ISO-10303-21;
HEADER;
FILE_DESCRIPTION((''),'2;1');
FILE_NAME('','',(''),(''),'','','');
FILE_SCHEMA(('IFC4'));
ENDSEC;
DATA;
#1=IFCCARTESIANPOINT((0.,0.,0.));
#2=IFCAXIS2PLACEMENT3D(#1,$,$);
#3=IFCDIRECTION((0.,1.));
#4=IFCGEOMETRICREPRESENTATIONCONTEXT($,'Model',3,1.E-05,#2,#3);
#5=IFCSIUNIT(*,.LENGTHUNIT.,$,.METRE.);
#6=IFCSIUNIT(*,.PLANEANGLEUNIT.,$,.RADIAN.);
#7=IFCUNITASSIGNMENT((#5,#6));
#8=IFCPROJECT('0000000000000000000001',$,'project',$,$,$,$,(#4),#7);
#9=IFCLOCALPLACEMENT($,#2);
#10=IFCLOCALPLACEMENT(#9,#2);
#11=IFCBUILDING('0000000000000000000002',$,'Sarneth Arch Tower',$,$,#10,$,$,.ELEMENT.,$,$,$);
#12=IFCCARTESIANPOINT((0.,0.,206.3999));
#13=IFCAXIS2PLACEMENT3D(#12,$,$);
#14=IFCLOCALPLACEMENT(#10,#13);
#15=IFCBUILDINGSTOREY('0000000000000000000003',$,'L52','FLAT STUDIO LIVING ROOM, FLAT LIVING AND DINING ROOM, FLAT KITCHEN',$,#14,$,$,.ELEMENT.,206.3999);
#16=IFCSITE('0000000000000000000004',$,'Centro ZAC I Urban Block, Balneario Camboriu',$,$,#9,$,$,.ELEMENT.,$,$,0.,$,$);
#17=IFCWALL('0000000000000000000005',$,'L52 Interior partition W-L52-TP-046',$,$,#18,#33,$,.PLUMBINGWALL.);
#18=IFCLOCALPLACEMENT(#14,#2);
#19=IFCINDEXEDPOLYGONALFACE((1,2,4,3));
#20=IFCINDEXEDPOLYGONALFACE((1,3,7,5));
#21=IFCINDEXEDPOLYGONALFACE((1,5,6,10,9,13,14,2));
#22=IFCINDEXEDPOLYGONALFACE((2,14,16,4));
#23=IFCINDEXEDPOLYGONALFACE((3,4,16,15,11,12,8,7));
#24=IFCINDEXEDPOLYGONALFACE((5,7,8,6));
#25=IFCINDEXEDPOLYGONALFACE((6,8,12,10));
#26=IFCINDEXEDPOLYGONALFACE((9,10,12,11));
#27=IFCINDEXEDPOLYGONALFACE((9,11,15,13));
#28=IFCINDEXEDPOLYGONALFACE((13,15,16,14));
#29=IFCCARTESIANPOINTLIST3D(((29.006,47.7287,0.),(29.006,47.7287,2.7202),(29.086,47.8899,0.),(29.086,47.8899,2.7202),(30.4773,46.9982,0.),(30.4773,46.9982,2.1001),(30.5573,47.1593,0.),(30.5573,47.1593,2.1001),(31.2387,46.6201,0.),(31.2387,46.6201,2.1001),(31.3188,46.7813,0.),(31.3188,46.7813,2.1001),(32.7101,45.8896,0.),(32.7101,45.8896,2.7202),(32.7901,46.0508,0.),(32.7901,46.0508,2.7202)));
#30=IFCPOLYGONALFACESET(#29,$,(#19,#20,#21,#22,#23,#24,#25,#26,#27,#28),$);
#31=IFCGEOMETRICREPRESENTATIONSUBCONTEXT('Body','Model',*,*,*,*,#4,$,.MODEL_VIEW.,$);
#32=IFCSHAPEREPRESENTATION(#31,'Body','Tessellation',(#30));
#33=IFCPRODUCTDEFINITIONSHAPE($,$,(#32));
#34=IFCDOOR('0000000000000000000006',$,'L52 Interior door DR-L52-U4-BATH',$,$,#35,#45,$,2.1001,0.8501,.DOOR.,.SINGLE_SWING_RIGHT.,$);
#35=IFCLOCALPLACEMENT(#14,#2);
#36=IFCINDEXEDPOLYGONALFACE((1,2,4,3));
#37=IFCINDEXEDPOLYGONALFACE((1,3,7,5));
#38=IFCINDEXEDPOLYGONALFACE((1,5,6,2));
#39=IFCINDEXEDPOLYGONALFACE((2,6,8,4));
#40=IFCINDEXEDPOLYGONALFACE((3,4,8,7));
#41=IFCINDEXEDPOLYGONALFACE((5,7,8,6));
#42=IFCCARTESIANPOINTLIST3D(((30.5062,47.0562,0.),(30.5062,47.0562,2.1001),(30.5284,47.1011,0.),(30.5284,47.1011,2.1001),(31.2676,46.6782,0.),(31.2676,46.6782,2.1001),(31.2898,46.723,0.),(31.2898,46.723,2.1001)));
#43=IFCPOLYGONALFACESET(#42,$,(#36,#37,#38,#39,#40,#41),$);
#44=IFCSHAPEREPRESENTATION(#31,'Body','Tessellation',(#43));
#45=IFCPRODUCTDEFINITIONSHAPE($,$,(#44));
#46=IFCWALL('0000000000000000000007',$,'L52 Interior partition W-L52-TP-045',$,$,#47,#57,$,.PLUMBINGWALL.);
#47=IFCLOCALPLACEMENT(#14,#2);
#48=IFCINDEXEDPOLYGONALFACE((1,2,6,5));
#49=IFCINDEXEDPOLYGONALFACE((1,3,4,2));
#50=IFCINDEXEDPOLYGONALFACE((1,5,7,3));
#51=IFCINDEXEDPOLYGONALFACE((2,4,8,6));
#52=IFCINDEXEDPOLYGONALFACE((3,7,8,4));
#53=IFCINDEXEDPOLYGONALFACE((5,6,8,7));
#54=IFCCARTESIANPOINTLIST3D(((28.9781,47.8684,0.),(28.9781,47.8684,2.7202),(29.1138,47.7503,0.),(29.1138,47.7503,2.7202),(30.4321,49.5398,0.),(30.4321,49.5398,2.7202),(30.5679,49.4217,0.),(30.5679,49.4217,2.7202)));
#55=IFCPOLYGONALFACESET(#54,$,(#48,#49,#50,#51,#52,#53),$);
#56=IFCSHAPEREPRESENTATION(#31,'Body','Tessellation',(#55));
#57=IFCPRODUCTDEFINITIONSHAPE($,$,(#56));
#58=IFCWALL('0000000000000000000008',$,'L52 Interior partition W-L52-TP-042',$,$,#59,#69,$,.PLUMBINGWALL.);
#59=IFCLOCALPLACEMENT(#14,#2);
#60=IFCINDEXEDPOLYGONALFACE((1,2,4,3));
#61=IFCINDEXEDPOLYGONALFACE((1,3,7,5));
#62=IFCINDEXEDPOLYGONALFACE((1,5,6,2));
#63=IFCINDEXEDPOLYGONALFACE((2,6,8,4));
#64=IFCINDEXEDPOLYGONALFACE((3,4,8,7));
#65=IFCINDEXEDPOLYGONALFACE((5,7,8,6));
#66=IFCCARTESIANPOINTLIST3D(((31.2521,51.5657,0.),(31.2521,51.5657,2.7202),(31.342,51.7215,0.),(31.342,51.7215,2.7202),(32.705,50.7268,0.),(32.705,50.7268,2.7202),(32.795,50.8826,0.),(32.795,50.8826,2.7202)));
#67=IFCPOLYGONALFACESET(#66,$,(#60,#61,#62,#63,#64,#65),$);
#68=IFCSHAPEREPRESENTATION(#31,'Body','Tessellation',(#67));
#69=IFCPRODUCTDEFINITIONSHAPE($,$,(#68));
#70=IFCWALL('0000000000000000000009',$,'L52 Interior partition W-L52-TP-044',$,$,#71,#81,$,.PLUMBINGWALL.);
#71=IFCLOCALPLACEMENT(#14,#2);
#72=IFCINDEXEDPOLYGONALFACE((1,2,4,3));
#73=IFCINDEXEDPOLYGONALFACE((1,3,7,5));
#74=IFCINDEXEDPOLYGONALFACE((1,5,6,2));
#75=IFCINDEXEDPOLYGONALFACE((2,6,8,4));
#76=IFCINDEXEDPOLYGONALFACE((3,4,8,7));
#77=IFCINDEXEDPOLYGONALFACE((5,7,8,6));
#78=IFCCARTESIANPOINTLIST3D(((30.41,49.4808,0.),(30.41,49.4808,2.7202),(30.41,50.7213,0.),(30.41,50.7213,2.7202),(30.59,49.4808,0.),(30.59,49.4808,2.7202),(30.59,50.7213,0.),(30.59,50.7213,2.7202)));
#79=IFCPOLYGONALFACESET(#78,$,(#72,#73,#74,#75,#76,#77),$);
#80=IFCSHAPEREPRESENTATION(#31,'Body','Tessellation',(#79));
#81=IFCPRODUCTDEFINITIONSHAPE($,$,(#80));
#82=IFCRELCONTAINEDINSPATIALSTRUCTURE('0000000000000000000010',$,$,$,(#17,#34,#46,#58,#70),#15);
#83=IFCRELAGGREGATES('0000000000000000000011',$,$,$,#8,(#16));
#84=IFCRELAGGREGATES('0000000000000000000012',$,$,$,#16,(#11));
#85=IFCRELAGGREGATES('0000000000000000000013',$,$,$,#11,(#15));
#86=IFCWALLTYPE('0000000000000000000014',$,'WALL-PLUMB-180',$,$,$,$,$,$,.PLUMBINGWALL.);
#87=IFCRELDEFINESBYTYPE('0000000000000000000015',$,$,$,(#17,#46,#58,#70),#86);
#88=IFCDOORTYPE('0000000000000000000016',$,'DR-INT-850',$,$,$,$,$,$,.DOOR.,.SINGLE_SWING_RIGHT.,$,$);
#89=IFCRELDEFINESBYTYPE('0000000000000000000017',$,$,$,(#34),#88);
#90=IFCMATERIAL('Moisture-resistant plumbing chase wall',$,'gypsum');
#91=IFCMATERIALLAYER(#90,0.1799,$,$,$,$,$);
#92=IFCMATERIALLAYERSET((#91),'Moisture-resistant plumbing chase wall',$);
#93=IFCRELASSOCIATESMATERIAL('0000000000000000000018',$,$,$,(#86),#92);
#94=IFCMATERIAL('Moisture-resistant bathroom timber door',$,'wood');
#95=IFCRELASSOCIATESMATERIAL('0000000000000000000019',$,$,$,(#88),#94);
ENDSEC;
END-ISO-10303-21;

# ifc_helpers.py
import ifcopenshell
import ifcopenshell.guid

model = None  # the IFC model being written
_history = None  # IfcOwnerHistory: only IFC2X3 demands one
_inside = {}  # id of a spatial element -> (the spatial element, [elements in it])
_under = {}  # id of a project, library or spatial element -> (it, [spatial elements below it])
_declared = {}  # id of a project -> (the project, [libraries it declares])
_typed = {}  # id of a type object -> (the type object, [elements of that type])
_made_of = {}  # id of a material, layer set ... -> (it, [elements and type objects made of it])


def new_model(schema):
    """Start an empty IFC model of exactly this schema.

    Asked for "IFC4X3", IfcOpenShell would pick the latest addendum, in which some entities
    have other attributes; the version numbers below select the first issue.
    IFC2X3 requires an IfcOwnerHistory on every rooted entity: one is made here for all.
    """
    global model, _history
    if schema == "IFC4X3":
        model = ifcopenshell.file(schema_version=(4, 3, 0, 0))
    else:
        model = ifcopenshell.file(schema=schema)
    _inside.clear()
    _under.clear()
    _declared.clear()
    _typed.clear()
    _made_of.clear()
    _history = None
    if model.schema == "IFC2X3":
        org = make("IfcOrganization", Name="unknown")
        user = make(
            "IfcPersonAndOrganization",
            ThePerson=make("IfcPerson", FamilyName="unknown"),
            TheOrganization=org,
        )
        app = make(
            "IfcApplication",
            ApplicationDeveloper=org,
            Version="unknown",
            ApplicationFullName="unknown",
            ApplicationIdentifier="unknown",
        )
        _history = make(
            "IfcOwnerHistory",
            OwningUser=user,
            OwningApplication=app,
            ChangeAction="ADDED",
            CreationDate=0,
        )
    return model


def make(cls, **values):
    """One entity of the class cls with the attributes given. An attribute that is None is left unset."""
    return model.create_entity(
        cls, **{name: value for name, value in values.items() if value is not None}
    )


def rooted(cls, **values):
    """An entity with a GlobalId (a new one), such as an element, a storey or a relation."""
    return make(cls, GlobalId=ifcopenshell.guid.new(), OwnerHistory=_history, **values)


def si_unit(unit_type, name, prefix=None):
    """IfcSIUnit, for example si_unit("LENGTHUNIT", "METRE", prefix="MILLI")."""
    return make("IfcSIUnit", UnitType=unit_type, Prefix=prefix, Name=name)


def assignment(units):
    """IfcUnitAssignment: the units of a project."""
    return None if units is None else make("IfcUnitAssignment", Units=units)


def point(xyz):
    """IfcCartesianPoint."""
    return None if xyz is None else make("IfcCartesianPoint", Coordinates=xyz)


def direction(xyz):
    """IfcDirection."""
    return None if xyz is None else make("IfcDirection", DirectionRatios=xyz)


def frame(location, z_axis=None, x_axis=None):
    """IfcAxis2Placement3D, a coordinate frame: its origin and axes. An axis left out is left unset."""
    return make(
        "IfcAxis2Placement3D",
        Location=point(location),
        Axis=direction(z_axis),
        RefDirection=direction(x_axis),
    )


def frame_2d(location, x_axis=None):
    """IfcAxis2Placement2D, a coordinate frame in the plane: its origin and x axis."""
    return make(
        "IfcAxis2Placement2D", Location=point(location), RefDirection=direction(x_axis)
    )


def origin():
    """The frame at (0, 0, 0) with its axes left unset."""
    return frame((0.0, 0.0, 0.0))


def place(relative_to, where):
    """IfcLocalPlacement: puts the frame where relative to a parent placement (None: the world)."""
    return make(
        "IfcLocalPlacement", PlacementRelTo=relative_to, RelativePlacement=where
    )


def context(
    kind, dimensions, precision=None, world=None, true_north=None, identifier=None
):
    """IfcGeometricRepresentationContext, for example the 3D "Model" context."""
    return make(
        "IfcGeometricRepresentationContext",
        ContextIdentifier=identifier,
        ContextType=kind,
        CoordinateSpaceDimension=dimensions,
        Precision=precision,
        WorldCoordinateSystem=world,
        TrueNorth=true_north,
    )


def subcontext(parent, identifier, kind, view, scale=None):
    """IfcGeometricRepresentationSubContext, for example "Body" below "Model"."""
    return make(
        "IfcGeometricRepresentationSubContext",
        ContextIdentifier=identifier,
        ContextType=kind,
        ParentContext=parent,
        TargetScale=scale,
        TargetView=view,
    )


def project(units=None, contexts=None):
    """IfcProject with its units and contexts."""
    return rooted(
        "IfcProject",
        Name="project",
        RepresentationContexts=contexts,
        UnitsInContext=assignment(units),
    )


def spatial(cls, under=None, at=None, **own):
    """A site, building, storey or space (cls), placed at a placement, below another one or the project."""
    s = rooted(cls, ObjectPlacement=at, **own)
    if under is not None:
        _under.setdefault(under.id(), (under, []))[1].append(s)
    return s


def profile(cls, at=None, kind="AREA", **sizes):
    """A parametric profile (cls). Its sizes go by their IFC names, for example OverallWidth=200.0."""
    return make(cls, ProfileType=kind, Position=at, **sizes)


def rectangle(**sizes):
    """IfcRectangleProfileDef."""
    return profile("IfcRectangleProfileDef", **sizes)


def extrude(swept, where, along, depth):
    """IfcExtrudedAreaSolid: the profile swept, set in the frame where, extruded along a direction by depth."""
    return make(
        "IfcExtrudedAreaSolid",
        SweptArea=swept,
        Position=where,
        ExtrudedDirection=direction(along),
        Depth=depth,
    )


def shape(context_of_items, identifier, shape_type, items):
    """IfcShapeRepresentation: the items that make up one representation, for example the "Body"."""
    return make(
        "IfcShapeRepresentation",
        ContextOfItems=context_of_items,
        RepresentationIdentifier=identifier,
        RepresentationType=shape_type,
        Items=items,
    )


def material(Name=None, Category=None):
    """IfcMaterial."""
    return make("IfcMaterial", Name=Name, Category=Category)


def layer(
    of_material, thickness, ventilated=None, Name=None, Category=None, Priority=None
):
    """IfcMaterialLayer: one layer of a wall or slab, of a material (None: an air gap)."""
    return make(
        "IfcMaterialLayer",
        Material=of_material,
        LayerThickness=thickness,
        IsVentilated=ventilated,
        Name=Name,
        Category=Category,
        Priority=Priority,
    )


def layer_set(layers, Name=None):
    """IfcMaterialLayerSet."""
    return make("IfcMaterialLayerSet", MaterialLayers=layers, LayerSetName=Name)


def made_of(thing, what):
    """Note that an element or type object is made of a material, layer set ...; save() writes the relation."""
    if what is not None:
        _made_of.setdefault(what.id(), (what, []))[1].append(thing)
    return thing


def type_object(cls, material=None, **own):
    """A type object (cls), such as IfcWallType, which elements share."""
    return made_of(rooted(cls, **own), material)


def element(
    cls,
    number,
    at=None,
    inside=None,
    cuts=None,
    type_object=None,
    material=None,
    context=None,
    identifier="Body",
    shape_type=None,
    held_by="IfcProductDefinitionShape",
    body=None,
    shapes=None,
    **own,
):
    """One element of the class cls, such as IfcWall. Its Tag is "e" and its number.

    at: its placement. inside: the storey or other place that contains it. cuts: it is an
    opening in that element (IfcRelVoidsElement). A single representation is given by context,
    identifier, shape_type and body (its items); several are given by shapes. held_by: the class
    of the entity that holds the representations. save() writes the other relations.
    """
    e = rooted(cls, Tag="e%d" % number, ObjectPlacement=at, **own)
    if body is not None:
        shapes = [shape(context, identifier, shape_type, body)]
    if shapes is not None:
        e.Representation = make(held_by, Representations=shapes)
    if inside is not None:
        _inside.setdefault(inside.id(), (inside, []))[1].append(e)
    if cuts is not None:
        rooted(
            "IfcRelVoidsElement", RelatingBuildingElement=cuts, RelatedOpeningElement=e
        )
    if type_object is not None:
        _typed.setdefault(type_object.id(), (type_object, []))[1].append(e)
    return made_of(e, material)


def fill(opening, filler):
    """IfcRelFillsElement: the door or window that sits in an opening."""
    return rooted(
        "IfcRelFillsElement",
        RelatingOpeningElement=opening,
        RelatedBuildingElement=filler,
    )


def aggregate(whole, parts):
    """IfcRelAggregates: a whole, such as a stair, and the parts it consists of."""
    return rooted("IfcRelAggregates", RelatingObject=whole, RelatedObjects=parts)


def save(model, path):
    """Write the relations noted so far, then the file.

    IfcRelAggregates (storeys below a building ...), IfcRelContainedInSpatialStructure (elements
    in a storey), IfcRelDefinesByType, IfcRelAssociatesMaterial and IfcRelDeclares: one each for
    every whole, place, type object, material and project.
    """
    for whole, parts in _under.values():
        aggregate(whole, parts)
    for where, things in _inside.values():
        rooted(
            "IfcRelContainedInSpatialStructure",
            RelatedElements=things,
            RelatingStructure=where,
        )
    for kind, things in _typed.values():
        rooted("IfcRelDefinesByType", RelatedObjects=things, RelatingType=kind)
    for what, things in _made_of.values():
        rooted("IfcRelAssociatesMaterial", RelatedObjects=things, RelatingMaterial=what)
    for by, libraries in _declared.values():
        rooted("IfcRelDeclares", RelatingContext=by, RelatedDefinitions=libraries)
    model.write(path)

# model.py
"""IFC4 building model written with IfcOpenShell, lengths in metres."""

from ifc_helpers import new_model, si_unit, direction, frame, frame_2d, origin, place, context, subcontext, project, spatial, rectangle, extrude, material, layer, layer_set, type_object, element, fill, save


model = new_model("IFC4")

# Units and contexts
model_context = context("Model", 3, precision=1e-05, world=origin(), true_north=direction((0.0, 1.0)))
body_context = subcontext(model_context, "Body", "Model", "MODEL_VIEW")
ifc_project = project(units=[si_unit("LENGTHUNIT", "METRE"), si_unit("PLANEANGLEUNIT", "RADIAN")], contexts=[model_context])

# Site, building, storey
site_placement = place(None, origin())
site = spatial("IfcSite", under=ifc_project, at=site_placement, Name="Centro ZAC I Urban Block, Balneario Camboriu", CompositionType="ELEMENT", RefElevation=0.0)
building_placement = place(site_placement, origin())
building = spatial("IfcBuilding", under=site, at=building_placement, Name="Sarneth Arch Tower", CompositionType="ELEMENT")
storey_placement = place(building_placement, frame((0.0, 0.0, 206.3999)))
storey = spatial("IfcBuildingStorey", under=building, at=storey_placement, Name="L52", Description="FLAT STUDIO LIVING ROOM, FLAT LIVING AND DINING ROOM, FLAT KITCHEN", CompositionType="ELEMENT", Elevation=206.3999)

# Wall, opening, door
ifc_material_1 = material(Name="Moisture-resistant plumbing chase wall", Category="gypsum")
ifc_layer_1 = layer(ifc_material_1, 0.1799)
ifc_layer_set_1 = layer_set([ifc_layer_1], Name="Moisture-resistant plumbing chase wall")
wall_type_1 = type_object("IfcWallType", Name="WALL-PLUMB-180", PredefinedType="PLUMBINGWALL", material=ifc_layer_set_1)
wall_1_placement = place(storey_placement, frame((29.0459, 47.8093, 0.0), z_axis=(0.0, 0.0, 1.0), x_axis=(0.895675, -0.444709, 0.0)))
wall_1 = element("IfcWall", 1, at=wall_1_placement, inside=storey, type_object=wall_type_1, Name="L52 Interior partition W-L52-TP-046", PredefinedType="PLUMBINGWALL", context=body_context, shape_type="SweptSolid", body=[
    extrude(rectangle(XDim=4.1355, YDim=0.1799, at=frame_2d((2.0679, 0.0))), origin(), (0.0, 0.0, 1.0), 2.7202),
])
opening_1_placement = place(wall_1_placement, frame((1.6428, 0.0, 0.0)))
opening_1 = element("IfcOpeningElement", 2, at=opening_1_placement, cuts=wall_1, PredefinedType="OPENING", context=body_context, shape_type="SweptSolid", body=[
    extrude(rectangle(XDim=0.8501, YDim=2.1001, at=frame_2d((0.425, 1.05))), frame((0.0, 0.0999, 0.0), z_axis=(0.0, -1.0, 0.0), x_axis=(1.0, 0.0, 0.0)), (0.0, 0.0, 1.0), 0.2),
])
ifc_material_2 = material(Name="Moisture-resistant bathroom timber door", Category="wood")
door_type_1 = type_object("IfcDoorType", Name="DR-INT-850", OperationType="SINGLE_SWING_RIGHT", PredefinedType="DOOR", material=ifc_material_2)
door_1_placement = place(opening_1_placement, origin())
door_1 = element("IfcDoor", 3, at=door_1_placement, inside=storey, type_object=door_type_1, Name="L52 Interior door DR-L52-U4-BATH", OperationType="SINGLE_SWING_RIGHT", OverallHeight=2.1001, OverallWidth=0.8501, PredefinedType="DOOR", context=body_context, shape_type="SweptSolid", body=[
    extrude(rectangle(XDim=0.8501, YDim=2.1001, at=frame_2d((0.425, 1.05))), frame((0.0, 0.0249, 0.0), z_axis=(0.0, -1.0, 0.0), x_axis=(1.0, 0.0, 0.0)), (0.0, 0.0, 1.0), 0.05),
])
fill(opening_1, door_1)

# Walls
wall_2_placement = place(storey_placement, frame((30.5, 49.4807, 0.0), z_axis=(0.0, 0.0, 1.0), x_axis=(-0.656364, -0.754444, 0.0)))
element("IfcWall", 4, at=wall_2_placement, inside=storey, type_object=wall_type_1, Name="L52 Interior partition W-L52-TP-045", PredefinedType="PLUMBINGWALL", context=body_context, shape_type="SweptSolid", body=[
    extrude(rectangle(XDim=2.2153, YDim=0.1799, at=frame_2d((1.1077, 0.0))), origin(), (0.0, 0.0, 1.0), 2.7202),
])
wall_3_placement = place(storey_placement, frame((32.75, 50.8047, 0.0), z_axis=(0.0, 0.0, 1.0), x_axis=(-0.866014, 0.500021, 0.0)))
element("IfcWall", 5, at=wall_3_placement, inside=storey, type_object=wall_type_1, Name="L52 Interior partition W-L52-TP-042", PredefinedType="PLUMBINGWALL", context=body_context, shape_type="SweptSolid", body=[
    extrude(rectangle(XDim=1.6777, YDim=0.1799, at=frame_2d((0.8389, 0.0))), origin(), (0.0, 0.0, 1.0), 2.7202),
])
wall_4_placement = place(storey_placement, frame((30.5, 50.7212, 0.0), z_axis=(0.0, 0.0, 1.0), x_axis=(0.0, -1.0, 0.0)))
element("IfcWall", 6, at=wall_4_placement, inside=storey, type_object=wall_type_1, Name="L52 Interior partition W-L52-TP-044", PredefinedType="PLUMBINGWALL", context=body_context, shape_type="SweptSolid", body=[
    extrude(rectangle(XDim=1.2405, YDim=0.1799, at=frame_2d((0.6201, 0.0))), origin(), (0.0, 0.0, 1.0), 2.7202),
])

save(model, "model.ifc")
